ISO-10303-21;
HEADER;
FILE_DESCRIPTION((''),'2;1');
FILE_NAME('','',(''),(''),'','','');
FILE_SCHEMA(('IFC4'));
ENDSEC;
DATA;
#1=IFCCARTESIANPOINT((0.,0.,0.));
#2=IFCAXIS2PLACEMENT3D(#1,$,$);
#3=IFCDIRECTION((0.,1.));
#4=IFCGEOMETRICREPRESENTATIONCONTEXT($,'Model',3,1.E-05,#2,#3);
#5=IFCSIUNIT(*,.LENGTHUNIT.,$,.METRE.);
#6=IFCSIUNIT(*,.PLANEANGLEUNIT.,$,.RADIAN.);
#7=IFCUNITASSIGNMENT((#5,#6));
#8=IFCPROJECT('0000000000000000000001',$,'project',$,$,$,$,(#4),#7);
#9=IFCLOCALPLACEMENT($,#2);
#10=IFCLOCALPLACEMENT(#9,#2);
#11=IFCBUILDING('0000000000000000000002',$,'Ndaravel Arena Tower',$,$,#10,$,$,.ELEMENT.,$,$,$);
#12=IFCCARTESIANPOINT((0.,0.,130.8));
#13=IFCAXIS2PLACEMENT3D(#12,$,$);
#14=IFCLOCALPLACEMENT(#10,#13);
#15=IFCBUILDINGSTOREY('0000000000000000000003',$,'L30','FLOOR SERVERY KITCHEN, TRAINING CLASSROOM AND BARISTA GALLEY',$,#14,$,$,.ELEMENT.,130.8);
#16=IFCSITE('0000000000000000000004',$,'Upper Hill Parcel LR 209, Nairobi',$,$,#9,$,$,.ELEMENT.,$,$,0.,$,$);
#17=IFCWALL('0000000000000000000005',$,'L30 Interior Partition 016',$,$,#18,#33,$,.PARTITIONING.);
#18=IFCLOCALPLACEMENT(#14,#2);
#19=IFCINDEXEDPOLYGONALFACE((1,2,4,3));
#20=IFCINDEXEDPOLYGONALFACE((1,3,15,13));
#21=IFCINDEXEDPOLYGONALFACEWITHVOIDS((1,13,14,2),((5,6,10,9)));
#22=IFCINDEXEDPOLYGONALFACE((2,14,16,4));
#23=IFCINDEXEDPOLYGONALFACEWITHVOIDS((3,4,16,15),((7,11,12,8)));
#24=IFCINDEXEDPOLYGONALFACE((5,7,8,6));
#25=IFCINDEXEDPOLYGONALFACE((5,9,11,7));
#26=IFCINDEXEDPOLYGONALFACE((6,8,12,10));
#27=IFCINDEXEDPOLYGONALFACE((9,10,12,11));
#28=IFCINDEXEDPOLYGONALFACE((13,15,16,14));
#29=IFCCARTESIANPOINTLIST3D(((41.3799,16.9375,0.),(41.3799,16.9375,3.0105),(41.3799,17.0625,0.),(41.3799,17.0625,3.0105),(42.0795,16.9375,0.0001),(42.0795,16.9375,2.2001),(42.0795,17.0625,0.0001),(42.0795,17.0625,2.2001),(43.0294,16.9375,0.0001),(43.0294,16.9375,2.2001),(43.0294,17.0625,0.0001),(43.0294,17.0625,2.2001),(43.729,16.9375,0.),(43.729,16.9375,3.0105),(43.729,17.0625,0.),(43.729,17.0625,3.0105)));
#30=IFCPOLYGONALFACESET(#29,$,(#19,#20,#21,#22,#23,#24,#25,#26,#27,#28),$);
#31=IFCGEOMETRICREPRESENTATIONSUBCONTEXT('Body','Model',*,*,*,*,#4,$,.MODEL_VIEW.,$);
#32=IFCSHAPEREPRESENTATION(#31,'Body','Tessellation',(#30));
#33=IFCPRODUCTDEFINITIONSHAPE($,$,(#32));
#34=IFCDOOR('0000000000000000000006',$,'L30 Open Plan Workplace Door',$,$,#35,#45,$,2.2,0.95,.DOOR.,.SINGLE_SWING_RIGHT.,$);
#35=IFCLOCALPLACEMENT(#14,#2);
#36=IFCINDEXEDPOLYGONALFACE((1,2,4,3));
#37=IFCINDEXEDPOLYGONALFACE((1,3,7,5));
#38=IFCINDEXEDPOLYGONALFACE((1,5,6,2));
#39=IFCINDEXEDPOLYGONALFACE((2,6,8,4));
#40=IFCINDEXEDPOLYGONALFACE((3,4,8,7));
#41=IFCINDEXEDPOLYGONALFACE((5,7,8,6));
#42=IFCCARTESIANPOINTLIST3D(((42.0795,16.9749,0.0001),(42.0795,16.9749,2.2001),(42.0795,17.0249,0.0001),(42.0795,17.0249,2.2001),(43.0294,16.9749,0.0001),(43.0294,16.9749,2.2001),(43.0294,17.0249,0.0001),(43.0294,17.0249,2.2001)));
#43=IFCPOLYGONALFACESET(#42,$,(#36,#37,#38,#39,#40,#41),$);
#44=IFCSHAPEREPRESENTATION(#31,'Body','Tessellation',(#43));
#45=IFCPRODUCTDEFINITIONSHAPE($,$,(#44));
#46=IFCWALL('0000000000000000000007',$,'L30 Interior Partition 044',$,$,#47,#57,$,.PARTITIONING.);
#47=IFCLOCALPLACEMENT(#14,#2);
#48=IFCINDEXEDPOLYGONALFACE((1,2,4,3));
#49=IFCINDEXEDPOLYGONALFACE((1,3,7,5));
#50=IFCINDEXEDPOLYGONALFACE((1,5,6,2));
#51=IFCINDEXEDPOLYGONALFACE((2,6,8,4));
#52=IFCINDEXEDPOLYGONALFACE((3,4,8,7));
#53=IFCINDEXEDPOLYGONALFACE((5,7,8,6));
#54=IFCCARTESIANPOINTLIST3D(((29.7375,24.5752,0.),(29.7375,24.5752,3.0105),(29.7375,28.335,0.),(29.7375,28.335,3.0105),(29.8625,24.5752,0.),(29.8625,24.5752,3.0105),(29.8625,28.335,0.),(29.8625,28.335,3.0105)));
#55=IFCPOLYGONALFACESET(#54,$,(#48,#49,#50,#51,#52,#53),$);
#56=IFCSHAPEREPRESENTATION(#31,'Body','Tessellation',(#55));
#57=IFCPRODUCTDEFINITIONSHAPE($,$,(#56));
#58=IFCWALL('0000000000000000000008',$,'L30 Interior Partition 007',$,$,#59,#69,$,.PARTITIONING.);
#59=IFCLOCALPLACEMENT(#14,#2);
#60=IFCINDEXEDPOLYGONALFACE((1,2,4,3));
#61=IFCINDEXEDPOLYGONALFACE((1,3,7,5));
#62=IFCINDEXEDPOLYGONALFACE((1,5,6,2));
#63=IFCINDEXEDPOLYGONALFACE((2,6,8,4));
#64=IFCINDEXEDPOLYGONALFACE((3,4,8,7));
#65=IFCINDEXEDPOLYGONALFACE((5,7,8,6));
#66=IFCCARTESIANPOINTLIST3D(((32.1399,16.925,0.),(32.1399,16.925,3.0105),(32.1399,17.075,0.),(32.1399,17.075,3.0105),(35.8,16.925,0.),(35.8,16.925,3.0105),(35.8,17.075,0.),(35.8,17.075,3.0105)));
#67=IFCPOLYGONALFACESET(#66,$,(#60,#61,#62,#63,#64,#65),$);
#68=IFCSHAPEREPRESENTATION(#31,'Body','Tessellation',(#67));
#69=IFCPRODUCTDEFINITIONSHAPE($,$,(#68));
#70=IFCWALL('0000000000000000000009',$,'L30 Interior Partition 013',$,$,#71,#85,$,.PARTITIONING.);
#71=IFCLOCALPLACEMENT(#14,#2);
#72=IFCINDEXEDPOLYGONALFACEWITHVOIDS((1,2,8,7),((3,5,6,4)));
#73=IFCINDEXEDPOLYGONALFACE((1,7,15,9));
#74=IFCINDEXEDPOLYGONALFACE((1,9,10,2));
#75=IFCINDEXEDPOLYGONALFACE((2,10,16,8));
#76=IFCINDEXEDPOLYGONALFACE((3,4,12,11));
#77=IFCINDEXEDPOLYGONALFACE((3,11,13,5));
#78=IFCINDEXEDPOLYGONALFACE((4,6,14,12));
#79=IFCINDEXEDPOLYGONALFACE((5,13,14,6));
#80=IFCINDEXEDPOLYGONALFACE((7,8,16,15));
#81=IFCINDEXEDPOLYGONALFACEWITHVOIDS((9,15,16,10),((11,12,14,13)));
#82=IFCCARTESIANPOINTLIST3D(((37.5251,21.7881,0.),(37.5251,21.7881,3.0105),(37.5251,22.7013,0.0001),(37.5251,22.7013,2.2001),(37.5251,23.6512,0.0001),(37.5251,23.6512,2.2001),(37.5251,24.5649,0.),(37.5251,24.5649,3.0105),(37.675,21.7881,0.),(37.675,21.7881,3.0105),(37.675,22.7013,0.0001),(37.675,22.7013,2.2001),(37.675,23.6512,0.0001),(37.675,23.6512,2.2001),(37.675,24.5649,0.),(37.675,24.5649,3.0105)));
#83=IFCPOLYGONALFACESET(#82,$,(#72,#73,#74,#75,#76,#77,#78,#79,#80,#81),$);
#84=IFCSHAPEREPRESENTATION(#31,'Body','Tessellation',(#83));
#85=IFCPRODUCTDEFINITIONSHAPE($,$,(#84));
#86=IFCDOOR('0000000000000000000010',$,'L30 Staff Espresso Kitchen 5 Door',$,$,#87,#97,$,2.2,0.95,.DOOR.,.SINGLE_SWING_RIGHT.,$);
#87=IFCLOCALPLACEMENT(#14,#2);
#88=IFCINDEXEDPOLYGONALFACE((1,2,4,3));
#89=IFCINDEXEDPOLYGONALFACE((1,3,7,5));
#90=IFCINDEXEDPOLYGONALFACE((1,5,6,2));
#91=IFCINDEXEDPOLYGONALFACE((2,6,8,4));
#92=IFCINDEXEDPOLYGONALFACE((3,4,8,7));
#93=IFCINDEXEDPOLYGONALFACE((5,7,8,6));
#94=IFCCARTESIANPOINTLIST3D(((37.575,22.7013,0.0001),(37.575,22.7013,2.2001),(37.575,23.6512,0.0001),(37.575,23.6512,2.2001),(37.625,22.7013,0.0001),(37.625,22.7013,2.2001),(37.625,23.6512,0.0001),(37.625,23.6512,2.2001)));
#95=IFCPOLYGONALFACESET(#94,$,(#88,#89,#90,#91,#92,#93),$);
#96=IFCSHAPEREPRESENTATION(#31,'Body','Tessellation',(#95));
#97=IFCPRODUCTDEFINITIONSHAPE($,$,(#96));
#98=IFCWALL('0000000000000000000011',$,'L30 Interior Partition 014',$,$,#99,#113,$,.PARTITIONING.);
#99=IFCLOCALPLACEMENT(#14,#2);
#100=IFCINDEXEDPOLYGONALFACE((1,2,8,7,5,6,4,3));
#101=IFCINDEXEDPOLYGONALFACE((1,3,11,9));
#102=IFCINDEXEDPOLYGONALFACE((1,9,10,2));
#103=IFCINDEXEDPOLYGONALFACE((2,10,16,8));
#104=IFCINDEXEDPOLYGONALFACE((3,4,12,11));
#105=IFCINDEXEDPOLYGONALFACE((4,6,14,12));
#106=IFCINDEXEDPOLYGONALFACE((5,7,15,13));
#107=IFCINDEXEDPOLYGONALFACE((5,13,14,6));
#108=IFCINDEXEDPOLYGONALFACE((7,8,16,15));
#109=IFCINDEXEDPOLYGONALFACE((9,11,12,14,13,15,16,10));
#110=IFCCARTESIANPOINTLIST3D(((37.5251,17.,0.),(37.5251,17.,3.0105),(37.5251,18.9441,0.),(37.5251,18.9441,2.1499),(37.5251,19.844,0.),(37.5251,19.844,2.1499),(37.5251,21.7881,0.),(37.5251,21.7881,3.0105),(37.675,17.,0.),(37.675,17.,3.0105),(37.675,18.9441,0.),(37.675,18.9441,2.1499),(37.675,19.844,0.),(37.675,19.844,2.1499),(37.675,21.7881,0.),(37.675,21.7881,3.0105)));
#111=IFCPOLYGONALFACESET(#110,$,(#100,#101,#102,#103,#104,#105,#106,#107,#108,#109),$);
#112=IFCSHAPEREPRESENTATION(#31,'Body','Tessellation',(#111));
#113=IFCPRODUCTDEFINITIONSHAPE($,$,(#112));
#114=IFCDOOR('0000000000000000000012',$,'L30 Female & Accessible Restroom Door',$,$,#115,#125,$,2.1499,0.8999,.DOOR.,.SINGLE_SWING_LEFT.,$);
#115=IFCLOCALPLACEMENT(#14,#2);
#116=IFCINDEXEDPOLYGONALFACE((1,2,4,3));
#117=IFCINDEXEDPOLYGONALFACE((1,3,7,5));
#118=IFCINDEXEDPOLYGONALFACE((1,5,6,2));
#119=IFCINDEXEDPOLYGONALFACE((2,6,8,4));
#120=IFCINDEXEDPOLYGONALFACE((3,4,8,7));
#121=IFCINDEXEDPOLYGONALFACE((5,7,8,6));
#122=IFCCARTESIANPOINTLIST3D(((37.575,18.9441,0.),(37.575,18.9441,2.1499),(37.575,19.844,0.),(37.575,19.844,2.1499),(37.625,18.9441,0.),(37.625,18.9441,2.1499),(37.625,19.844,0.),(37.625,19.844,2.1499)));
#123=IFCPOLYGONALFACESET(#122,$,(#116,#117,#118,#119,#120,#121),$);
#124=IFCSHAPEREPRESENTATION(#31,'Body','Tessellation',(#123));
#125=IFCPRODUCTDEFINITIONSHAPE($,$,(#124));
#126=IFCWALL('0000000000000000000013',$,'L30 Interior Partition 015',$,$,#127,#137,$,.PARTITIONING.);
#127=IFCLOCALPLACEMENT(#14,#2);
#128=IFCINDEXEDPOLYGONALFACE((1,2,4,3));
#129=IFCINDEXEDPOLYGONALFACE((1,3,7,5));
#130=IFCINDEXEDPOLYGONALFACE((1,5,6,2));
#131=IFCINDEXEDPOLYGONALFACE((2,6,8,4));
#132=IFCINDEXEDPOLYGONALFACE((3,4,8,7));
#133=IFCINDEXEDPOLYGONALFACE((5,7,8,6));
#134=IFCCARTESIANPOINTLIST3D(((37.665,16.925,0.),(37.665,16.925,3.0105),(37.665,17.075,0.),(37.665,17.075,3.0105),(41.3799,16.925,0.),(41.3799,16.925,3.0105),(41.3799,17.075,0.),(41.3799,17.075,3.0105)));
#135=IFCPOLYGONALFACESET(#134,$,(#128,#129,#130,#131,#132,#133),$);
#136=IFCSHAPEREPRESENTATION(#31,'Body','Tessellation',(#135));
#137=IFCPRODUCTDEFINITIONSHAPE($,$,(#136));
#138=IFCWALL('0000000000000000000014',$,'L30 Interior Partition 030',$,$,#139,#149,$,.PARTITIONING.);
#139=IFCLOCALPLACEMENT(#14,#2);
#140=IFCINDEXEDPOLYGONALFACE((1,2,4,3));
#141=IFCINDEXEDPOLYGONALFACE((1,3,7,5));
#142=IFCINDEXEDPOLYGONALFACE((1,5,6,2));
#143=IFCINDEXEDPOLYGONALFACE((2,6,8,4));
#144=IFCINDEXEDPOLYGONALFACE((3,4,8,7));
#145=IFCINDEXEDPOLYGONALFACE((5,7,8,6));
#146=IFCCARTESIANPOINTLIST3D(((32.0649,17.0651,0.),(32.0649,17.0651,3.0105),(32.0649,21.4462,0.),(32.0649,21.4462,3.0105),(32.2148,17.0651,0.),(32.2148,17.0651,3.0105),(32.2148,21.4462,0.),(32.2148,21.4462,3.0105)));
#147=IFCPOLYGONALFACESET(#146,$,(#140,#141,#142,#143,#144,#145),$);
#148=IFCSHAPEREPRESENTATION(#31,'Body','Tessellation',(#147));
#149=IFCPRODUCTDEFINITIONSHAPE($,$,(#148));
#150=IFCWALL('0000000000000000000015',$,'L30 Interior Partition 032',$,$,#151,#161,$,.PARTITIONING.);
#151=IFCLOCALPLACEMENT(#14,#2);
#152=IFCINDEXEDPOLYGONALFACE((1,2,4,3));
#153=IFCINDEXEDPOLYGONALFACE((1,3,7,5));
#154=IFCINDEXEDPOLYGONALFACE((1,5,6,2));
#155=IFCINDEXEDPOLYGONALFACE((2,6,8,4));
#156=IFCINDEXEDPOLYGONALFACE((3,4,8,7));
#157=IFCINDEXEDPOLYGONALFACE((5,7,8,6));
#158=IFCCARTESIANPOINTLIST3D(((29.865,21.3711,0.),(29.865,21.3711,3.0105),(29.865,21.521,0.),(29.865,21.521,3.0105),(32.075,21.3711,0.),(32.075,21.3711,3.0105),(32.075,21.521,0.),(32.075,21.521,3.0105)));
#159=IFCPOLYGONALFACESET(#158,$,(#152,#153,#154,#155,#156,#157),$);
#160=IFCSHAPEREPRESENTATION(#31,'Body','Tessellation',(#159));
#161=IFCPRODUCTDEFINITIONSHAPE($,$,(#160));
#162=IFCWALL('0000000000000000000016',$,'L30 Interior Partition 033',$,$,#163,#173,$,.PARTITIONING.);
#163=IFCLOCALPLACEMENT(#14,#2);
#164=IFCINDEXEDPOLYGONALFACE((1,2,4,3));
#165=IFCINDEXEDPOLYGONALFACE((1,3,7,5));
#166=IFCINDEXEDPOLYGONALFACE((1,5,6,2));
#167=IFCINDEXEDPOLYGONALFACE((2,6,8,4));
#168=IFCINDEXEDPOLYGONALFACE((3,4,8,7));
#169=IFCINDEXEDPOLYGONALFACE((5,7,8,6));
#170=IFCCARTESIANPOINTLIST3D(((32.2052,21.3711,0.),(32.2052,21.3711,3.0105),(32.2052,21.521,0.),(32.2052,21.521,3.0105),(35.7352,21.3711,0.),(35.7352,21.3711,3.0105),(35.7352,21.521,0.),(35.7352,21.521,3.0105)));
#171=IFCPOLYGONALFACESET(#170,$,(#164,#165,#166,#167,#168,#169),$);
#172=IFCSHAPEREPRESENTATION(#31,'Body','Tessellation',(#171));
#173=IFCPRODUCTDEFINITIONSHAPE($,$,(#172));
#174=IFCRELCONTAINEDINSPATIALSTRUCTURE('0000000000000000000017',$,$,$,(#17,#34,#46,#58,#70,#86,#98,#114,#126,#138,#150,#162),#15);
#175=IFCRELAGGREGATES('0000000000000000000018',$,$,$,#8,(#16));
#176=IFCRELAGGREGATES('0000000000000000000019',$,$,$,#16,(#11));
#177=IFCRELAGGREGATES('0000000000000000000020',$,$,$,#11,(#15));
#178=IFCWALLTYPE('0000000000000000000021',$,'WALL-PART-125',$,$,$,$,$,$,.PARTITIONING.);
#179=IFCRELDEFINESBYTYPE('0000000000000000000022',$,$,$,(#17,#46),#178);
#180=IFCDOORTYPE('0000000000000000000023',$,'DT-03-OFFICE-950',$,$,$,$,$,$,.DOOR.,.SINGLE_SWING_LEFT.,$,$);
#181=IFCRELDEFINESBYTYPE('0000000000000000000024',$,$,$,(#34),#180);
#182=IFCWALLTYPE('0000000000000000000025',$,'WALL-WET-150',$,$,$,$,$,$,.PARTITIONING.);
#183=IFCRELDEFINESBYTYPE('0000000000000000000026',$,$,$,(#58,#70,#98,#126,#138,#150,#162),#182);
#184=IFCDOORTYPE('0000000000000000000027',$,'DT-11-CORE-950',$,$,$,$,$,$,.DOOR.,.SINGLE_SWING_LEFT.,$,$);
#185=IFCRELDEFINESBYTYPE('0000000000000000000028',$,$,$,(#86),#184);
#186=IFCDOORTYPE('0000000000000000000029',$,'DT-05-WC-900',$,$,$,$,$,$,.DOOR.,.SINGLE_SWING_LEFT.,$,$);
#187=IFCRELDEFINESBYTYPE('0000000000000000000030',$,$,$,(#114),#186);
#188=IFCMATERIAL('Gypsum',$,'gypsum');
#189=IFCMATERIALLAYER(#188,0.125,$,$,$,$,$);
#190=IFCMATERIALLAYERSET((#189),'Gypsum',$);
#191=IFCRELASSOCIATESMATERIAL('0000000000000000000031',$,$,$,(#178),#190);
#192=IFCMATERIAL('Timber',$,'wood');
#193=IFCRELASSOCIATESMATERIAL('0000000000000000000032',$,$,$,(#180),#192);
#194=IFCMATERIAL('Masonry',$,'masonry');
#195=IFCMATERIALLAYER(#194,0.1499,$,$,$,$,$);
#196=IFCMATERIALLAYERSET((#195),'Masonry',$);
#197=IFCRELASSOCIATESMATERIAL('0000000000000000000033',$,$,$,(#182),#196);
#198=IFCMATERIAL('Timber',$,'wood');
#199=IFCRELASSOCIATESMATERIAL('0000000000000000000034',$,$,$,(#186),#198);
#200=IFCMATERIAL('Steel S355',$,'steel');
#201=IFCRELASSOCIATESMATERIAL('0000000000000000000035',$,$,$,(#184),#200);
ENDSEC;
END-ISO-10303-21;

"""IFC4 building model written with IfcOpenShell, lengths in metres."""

from ifc_helpers import new_model, si_unit, direction, frame, frame_2d, origin, place, context, subcontext, project, spatial, rectangle, extrude, material, layer, layer_set, type_object, element, fill, save


model = new_model("IFC4")

# Units and contexts
model_context = context("Model", 3, precision=1e-05, world=origin(), true_north=direction((0.0, 1.0)))
body_context = subcontext(model_context, "Body", "Model", "MODEL_VIEW")
ifc_project = project(units=[si_unit("LENGTHUNIT", "METRE"), si_unit("PLANEANGLEUNIT", "RADIAN")], contexts=[model_context])

# Site, building, storey
site_placement = place(None, origin())
site = spatial("IfcSite", under=ifc_project, at=site_placement, Name="Upper Hill Parcel LR 209, Nairobi", CompositionType="ELEMENT", RefElevation=0.0)
building_placement = place(site_placement, origin())
building = spatial("IfcBuilding", under=site, at=building_placement, Name="Ndaravel Arena Tower", CompositionType="ELEMENT")
storey_placement = place(building_placement, frame((0.0, 0.0, 130.8)))
storey = spatial("IfcBuildingStorey", under=building, at=storey_placement, Name="L30", Description="FLOOR SERVERY KITCHEN, TRAINING CLASSROOM AND BARISTA GALLEY", CompositionType="ELEMENT", Elevation=130.8)

# Wall, opening, door
ifc_material_1 = material(Name="Gypsum", Category="gypsum")
ifc_layer_1 = layer(ifc_material_1, 0.125)
ifc_layer_set_1 = layer_set([ifc_layer_1], Name="Gypsum")
wall_type_1 = type_object("IfcWallType", Name="WALL-PART-125", PredefinedType="PARTITIONING", material=ifc_layer_set_1)
ifc_material_2 = material(Name="Timber", Category="wood")
door_type_1 = type_object("IfcDoorType", Name="DT-03-OFFICE-950", OperationType="SINGLE_SWING_LEFT", PredefinedType="DOOR", material=ifc_material_2)
wall_1_placement = place(storey_placement, frame((41.3799, 17.0, 0.0), z_axis=(0.0, 0.0, 1.0), x_axis=(1.0, 0.0, 0.0)))
wall_1 = element("IfcWall", 1, at=wall_1_placement, inside=storey, type_object=wall_type_1, Name="L30 Interior Partition 016", PredefinedType="PARTITIONING", context=body_context, shape_type="SweptSolid", body=[
    extrude(rectangle(XDim=2.3491, YDim=0.125, at=frame_2d((1.1746, 0.0))), origin(), (0.0, 0.0, 1.0), 3.0105),
])
opening_1_placement = place(wall_1_placement, frame((0.6995, 0.0, 0.0)))
opening_1 = element("IfcOpeningElement", 2, at=opening_1_placement, cuts=wall_1, PredefinedType="OPENING", context=body_context, shape_type="SweptSolid", body=[
    extrude(rectangle(XDim=0.95, YDim=2.2, at=frame_2d((0.4751, 1.1001))), frame((0.0, 0.0625, 0.0), z_axis=(0.0, -1.0, 0.0), x_axis=(1.0, 0.0, 0.0)), (0.0, 0.0, 1.0), 0.125),
])
door_1_placement = place(opening_1_placement, origin())
door_1 = element("IfcDoor", 3, at=door_1_placement, inside=storey, type_object=door_type_1, Name="L30 Open Plan Workplace Door", OperationType="SINGLE_SWING_RIGHT", OverallHeight=2.2, OverallWidth=0.95, PredefinedType="DOOR", context=body_context, shape_type="SweptSolid", body=[
    extrude(rectangle(XDim=0.95, YDim=2.2, at=frame_2d((0.4751, 1.1001))), frame((0.0, 0.0249, 0.0), z_axis=(0.0, -1.0, 0.0), x_axis=(1.0, 0.0, 0.0)), (0.0, 0.0, 1.0), 0.05),
])
fill(opening_1, door_1)

# Walls
wall_2_placement = place(storey_placement, frame((29.8, 28.335, 0.0), z_axis=(0.0, 0.0, 1.0), x_axis=(0.0, -1.0, 0.0)))
element("IfcWall", 4, at=wall_2_placement, inside=storey, type_object=wall_type_1, Name="L30 Interior Partition 044", PredefinedType="PARTITIONING", context=body_context, shape_type="SweptSolid", body=[
    extrude(rectangle(XDim=3.7598, YDim=0.125, at=frame_2d((1.8799, 0.0))), origin(), (0.0, 0.0, 1.0), 3.0105),
])
ifc_material_3 = material(Name="Masonry", Category="masonry")
ifc_layer_2 = layer(ifc_material_3, 0.1499)
ifc_layer_set_2 = layer_set([ifc_layer_2], Name="Masonry")
wall_type_2 = type_object("IfcWallType", Name="WALL-WET-150", PredefinedType="PARTITIONING", material=ifc_layer_set_2)
wall_3_placement = place(storey_placement, frame((32.1399, 17.0, 0.0), z_axis=(0.0, 0.0, 1.0), x_axis=(1.0, 0.0, 0.0)))
element("IfcWall", 5, at=wall_3_placement, inside=storey, type_object=wall_type_2, Name="L30 Interior Partition 007", PredefinedType="PARTITIONING", context=body_context, shape_type="SweptSolid", body=[
    extrude(rectangle(XDim=3.6602, YDim=0.1499, at=frame_2d((1.8301, 0.0))), origin(), (0.0, 0.0, 1.0), 3.0105),
])

# Walls, openings, doors
ifc_material_4 = material(Name="Timber", Category="wood")
door_type_2 = type_object("IfcDoorType", Name="DT-05-WC-900", OperationType="SINGLE_SWING_LEFT", PredefinedType="DOOR", material=ifc_material_4)
wall_4_placement = place(storey_placement, frame((37.6001, 24.5649, 0.0), z_axis=(0.0, 0.0, 1.0), x_axis=(0.0, -1.0, 0.0)))
wall_4 = element("IfcWall", 6, at=wall_4_placement, inside=storey, type_object=wall_type_2, Name="L30 Interior Partition 013", PredefinedType="PARTITIONING", context=body_context, shape_type="SweptSolid", body=[
    extrude(rectangle(XDim=2.7769, YDim=0.1499, at=frame_2d((1.3884, 0.0))), origin(), (0.0, 0.0, 1.0), 3.0105),
])
opening_2_placement = place(wall_4_placement, frame((0.9136, 0.0, 0.0)))
opening_2 = element("IfcOpeningElement", 7, at=opening_2_placement, cuts=wall_4, PredefinedType="OPENING", context=body_context, shape_type="SweptSolid", body=[
    extrude(rectangle(XDim=0.95, YDim=2.2, at=frame_2d((0.4751, 1.1001))), frame((0.0, 0.075, 0.0), z_axis=(0.0, -1.0, 0.0), x_axis=(1.0, 0.0, 0.0)), (0.0, 0.0, 1.0), 0.1499),
])
ifc_material_5 = material(Name="Steel S355", Category="steel")
door_type_3 = type_object("IfcDoorType", Name="DT-11-CORE-950", OperationType="SINGLE_SWING_LEFT", PredefinedType="DOOR", material=ifc_material_5)
door_2_placement = place(opening_2_placement, origin())
door_2 = element("IfcDoor", 8, at=door_2_placement, inside=storey, type_object=door_type_3, Name="L30 Staff Espresso Kitchen 5 Door", OperationType="SINGLE_SWING_RIGHT", OverallHeight=2.2, OverallWidth=0.95, PredefinedType="DOOR", context=body_context, shape_type="SweptSolid", body=[
    extrude(rectangle(XDim=0.95, YDim=2.2, at=frame_2d((0.4751, 1.1001))), frame((0.0, 0.0249, 0.0), z_axis=(0.0, -1.0, 0.0), x_axis=(1.0, 0.0, 0.0)), (0.0, 0.0, 1.0), 0.05),
])
fill(opening_2, door_2)
wall_5_placement = place(storey_placement, frame((37.6001, 21.7881, 0.0), z_axis=(0.0, 0.0, 1.0), x_axis=(0.0, -1.0, 0.0)))
wall_5 = element("IfcWall", 9, at=wall_5_placement, inside=storey, type_object=wall_type_2, Name="L30 Interior Partition 014", PredefinedType="PARTITIONING", context=body_context, shape_type="SweptSolid", body=[
    extrude(rectangle(XDim=4.7881, YDim=0.1499, at=frame_2d((2.394, 0.0))), origin(), (0.0, 0.0, 1.0), 3.0105),
])
opening_3_placement = place(wall_5_placement, frame((1.9441, 0.0, 0.0)))
opening_3 = element("IfcOpeningElement", 10, at=opening_3_placement, cuts=wall_5, PredefinedType="OPENING", context=body_context, shape_type="SweptSolid", body=[
    extrude(rectangle(XDim=0.8999, YDim=2.1499, at=frame_2d((0.45, 1.075))), frame((0.0, 0.075, 0.0), z_axis=(0.0, -1.0, 0.0), x_axis=(1.0, 0.0, 0.0)), (0.0, 0.0, 1.0), 0.1499),
])
door_3_placement = place(opening_3_placement, origin())
door_3 = element("IfcDoor", 11, at=door_3_placement, inside=storey, type_object=door_type_2, Name="L30 Female & Accessible Restroom Door", OperationType="SINGLE_SWING_LEFT", OverallHeight=2.1499, OverallWidth=0.8999, PredefinedType="DOOR", context=body_context, shape_type="SweptSolid", body=[
    extrude(rectangle(XDim=0.8999, YDim=2.1499, at=frame_2d((0.45, 1.075))), frame((0.0, 0.0249, 0.0), z_axis=(0.0, -1.0, 0.0), x_axis=(1.0, 0.0, 0.0)), (0.0, 0.0, 1.0), 0.05),
])
fill(opening_3, door_3)

# Walls
wall_6_placement = place(storey_placement, frame((37.665, 17.0, 0.0), z_axis=(0.0, 0.0, 1.0), x_axis=(1.0, 0.0, 0.0)))
element("IfcWall", 12, at=wall_6_placement, inside=storey, type_object=wall_type_2, Name="L30 Interior Partition 015", PredefinedType="PARTITIONING", context=body_context, shape_type="SweptSolid", body=[
    extrude(rectangle(XDim=3.7148, YDim=0.1499, at=frame_2d((1.8574, 0.0))), origin(), (0.0, 0.0, 1.0), 3.0105),
])
wall_7_placement = place(storey_placement, frame((32.1399, 21.446, 0.0), z_axis=(0.0, 0.0, 1.0), x_axis=(0.0, -1.0, 0.0)))
element("IfcWall", 13, at=wall_7_placement, inside=storey, type_object=wall_type_2, Name="L30 Interior Partition 030", PredefinedType="PARTITIONING", context=body_context, shape_type="SweptSolid", body=[
    extrude(rectangle(XDim=4.3811, YDim=0.1499, at=frame_2d((2.1904, 0.0))), origin(), (0.0, 0.0, 1.0), 3.0105),
])
wall_8_placement = place(storey_placement, frame((29.865, 21.446, 0.0), z_axis=(0.0, 0.0, 1.0), x_axis=(1.0, 0.0, 0.0)))
element("IfcWall", 14, at=wall_8_placement, inside=storey, type_object=wall_type_2, Name="L30 Interior Partition 032", PredefinedType="PARTITIONING", context=body_context, shape_type="SweptSolid", body=[
    extrude(rectangle(XDim=2.21, YDim=0.1499, at=frame_2d((1.105, 0.0))), origin(), (0.0, 0.0, 1.0), 3.0105),
])
wall_9_placement = place(storey_placement, frame((32.2051, 21.446, 0.0), z_axis=(0.0, 0.0, 1.0), x_axis=(1.0, 0.0, 0.0)))
element("IfcWall", 15, at=wall_9_placement, inside=storey, type_object=wall_type_2, Name="L30 Interior Partition 033", PredefinedType="PARTITIONING", context=body_context, shape_type="SweptSolid", body=[
    extrude(rectangle(XDim=3.53, YDim=0.1499, at=frame_2d((1.7651, 0.0))), origin(), (0.0, 0.0, 1.0), 3.0105),
])

save(model, "model.ifc")
